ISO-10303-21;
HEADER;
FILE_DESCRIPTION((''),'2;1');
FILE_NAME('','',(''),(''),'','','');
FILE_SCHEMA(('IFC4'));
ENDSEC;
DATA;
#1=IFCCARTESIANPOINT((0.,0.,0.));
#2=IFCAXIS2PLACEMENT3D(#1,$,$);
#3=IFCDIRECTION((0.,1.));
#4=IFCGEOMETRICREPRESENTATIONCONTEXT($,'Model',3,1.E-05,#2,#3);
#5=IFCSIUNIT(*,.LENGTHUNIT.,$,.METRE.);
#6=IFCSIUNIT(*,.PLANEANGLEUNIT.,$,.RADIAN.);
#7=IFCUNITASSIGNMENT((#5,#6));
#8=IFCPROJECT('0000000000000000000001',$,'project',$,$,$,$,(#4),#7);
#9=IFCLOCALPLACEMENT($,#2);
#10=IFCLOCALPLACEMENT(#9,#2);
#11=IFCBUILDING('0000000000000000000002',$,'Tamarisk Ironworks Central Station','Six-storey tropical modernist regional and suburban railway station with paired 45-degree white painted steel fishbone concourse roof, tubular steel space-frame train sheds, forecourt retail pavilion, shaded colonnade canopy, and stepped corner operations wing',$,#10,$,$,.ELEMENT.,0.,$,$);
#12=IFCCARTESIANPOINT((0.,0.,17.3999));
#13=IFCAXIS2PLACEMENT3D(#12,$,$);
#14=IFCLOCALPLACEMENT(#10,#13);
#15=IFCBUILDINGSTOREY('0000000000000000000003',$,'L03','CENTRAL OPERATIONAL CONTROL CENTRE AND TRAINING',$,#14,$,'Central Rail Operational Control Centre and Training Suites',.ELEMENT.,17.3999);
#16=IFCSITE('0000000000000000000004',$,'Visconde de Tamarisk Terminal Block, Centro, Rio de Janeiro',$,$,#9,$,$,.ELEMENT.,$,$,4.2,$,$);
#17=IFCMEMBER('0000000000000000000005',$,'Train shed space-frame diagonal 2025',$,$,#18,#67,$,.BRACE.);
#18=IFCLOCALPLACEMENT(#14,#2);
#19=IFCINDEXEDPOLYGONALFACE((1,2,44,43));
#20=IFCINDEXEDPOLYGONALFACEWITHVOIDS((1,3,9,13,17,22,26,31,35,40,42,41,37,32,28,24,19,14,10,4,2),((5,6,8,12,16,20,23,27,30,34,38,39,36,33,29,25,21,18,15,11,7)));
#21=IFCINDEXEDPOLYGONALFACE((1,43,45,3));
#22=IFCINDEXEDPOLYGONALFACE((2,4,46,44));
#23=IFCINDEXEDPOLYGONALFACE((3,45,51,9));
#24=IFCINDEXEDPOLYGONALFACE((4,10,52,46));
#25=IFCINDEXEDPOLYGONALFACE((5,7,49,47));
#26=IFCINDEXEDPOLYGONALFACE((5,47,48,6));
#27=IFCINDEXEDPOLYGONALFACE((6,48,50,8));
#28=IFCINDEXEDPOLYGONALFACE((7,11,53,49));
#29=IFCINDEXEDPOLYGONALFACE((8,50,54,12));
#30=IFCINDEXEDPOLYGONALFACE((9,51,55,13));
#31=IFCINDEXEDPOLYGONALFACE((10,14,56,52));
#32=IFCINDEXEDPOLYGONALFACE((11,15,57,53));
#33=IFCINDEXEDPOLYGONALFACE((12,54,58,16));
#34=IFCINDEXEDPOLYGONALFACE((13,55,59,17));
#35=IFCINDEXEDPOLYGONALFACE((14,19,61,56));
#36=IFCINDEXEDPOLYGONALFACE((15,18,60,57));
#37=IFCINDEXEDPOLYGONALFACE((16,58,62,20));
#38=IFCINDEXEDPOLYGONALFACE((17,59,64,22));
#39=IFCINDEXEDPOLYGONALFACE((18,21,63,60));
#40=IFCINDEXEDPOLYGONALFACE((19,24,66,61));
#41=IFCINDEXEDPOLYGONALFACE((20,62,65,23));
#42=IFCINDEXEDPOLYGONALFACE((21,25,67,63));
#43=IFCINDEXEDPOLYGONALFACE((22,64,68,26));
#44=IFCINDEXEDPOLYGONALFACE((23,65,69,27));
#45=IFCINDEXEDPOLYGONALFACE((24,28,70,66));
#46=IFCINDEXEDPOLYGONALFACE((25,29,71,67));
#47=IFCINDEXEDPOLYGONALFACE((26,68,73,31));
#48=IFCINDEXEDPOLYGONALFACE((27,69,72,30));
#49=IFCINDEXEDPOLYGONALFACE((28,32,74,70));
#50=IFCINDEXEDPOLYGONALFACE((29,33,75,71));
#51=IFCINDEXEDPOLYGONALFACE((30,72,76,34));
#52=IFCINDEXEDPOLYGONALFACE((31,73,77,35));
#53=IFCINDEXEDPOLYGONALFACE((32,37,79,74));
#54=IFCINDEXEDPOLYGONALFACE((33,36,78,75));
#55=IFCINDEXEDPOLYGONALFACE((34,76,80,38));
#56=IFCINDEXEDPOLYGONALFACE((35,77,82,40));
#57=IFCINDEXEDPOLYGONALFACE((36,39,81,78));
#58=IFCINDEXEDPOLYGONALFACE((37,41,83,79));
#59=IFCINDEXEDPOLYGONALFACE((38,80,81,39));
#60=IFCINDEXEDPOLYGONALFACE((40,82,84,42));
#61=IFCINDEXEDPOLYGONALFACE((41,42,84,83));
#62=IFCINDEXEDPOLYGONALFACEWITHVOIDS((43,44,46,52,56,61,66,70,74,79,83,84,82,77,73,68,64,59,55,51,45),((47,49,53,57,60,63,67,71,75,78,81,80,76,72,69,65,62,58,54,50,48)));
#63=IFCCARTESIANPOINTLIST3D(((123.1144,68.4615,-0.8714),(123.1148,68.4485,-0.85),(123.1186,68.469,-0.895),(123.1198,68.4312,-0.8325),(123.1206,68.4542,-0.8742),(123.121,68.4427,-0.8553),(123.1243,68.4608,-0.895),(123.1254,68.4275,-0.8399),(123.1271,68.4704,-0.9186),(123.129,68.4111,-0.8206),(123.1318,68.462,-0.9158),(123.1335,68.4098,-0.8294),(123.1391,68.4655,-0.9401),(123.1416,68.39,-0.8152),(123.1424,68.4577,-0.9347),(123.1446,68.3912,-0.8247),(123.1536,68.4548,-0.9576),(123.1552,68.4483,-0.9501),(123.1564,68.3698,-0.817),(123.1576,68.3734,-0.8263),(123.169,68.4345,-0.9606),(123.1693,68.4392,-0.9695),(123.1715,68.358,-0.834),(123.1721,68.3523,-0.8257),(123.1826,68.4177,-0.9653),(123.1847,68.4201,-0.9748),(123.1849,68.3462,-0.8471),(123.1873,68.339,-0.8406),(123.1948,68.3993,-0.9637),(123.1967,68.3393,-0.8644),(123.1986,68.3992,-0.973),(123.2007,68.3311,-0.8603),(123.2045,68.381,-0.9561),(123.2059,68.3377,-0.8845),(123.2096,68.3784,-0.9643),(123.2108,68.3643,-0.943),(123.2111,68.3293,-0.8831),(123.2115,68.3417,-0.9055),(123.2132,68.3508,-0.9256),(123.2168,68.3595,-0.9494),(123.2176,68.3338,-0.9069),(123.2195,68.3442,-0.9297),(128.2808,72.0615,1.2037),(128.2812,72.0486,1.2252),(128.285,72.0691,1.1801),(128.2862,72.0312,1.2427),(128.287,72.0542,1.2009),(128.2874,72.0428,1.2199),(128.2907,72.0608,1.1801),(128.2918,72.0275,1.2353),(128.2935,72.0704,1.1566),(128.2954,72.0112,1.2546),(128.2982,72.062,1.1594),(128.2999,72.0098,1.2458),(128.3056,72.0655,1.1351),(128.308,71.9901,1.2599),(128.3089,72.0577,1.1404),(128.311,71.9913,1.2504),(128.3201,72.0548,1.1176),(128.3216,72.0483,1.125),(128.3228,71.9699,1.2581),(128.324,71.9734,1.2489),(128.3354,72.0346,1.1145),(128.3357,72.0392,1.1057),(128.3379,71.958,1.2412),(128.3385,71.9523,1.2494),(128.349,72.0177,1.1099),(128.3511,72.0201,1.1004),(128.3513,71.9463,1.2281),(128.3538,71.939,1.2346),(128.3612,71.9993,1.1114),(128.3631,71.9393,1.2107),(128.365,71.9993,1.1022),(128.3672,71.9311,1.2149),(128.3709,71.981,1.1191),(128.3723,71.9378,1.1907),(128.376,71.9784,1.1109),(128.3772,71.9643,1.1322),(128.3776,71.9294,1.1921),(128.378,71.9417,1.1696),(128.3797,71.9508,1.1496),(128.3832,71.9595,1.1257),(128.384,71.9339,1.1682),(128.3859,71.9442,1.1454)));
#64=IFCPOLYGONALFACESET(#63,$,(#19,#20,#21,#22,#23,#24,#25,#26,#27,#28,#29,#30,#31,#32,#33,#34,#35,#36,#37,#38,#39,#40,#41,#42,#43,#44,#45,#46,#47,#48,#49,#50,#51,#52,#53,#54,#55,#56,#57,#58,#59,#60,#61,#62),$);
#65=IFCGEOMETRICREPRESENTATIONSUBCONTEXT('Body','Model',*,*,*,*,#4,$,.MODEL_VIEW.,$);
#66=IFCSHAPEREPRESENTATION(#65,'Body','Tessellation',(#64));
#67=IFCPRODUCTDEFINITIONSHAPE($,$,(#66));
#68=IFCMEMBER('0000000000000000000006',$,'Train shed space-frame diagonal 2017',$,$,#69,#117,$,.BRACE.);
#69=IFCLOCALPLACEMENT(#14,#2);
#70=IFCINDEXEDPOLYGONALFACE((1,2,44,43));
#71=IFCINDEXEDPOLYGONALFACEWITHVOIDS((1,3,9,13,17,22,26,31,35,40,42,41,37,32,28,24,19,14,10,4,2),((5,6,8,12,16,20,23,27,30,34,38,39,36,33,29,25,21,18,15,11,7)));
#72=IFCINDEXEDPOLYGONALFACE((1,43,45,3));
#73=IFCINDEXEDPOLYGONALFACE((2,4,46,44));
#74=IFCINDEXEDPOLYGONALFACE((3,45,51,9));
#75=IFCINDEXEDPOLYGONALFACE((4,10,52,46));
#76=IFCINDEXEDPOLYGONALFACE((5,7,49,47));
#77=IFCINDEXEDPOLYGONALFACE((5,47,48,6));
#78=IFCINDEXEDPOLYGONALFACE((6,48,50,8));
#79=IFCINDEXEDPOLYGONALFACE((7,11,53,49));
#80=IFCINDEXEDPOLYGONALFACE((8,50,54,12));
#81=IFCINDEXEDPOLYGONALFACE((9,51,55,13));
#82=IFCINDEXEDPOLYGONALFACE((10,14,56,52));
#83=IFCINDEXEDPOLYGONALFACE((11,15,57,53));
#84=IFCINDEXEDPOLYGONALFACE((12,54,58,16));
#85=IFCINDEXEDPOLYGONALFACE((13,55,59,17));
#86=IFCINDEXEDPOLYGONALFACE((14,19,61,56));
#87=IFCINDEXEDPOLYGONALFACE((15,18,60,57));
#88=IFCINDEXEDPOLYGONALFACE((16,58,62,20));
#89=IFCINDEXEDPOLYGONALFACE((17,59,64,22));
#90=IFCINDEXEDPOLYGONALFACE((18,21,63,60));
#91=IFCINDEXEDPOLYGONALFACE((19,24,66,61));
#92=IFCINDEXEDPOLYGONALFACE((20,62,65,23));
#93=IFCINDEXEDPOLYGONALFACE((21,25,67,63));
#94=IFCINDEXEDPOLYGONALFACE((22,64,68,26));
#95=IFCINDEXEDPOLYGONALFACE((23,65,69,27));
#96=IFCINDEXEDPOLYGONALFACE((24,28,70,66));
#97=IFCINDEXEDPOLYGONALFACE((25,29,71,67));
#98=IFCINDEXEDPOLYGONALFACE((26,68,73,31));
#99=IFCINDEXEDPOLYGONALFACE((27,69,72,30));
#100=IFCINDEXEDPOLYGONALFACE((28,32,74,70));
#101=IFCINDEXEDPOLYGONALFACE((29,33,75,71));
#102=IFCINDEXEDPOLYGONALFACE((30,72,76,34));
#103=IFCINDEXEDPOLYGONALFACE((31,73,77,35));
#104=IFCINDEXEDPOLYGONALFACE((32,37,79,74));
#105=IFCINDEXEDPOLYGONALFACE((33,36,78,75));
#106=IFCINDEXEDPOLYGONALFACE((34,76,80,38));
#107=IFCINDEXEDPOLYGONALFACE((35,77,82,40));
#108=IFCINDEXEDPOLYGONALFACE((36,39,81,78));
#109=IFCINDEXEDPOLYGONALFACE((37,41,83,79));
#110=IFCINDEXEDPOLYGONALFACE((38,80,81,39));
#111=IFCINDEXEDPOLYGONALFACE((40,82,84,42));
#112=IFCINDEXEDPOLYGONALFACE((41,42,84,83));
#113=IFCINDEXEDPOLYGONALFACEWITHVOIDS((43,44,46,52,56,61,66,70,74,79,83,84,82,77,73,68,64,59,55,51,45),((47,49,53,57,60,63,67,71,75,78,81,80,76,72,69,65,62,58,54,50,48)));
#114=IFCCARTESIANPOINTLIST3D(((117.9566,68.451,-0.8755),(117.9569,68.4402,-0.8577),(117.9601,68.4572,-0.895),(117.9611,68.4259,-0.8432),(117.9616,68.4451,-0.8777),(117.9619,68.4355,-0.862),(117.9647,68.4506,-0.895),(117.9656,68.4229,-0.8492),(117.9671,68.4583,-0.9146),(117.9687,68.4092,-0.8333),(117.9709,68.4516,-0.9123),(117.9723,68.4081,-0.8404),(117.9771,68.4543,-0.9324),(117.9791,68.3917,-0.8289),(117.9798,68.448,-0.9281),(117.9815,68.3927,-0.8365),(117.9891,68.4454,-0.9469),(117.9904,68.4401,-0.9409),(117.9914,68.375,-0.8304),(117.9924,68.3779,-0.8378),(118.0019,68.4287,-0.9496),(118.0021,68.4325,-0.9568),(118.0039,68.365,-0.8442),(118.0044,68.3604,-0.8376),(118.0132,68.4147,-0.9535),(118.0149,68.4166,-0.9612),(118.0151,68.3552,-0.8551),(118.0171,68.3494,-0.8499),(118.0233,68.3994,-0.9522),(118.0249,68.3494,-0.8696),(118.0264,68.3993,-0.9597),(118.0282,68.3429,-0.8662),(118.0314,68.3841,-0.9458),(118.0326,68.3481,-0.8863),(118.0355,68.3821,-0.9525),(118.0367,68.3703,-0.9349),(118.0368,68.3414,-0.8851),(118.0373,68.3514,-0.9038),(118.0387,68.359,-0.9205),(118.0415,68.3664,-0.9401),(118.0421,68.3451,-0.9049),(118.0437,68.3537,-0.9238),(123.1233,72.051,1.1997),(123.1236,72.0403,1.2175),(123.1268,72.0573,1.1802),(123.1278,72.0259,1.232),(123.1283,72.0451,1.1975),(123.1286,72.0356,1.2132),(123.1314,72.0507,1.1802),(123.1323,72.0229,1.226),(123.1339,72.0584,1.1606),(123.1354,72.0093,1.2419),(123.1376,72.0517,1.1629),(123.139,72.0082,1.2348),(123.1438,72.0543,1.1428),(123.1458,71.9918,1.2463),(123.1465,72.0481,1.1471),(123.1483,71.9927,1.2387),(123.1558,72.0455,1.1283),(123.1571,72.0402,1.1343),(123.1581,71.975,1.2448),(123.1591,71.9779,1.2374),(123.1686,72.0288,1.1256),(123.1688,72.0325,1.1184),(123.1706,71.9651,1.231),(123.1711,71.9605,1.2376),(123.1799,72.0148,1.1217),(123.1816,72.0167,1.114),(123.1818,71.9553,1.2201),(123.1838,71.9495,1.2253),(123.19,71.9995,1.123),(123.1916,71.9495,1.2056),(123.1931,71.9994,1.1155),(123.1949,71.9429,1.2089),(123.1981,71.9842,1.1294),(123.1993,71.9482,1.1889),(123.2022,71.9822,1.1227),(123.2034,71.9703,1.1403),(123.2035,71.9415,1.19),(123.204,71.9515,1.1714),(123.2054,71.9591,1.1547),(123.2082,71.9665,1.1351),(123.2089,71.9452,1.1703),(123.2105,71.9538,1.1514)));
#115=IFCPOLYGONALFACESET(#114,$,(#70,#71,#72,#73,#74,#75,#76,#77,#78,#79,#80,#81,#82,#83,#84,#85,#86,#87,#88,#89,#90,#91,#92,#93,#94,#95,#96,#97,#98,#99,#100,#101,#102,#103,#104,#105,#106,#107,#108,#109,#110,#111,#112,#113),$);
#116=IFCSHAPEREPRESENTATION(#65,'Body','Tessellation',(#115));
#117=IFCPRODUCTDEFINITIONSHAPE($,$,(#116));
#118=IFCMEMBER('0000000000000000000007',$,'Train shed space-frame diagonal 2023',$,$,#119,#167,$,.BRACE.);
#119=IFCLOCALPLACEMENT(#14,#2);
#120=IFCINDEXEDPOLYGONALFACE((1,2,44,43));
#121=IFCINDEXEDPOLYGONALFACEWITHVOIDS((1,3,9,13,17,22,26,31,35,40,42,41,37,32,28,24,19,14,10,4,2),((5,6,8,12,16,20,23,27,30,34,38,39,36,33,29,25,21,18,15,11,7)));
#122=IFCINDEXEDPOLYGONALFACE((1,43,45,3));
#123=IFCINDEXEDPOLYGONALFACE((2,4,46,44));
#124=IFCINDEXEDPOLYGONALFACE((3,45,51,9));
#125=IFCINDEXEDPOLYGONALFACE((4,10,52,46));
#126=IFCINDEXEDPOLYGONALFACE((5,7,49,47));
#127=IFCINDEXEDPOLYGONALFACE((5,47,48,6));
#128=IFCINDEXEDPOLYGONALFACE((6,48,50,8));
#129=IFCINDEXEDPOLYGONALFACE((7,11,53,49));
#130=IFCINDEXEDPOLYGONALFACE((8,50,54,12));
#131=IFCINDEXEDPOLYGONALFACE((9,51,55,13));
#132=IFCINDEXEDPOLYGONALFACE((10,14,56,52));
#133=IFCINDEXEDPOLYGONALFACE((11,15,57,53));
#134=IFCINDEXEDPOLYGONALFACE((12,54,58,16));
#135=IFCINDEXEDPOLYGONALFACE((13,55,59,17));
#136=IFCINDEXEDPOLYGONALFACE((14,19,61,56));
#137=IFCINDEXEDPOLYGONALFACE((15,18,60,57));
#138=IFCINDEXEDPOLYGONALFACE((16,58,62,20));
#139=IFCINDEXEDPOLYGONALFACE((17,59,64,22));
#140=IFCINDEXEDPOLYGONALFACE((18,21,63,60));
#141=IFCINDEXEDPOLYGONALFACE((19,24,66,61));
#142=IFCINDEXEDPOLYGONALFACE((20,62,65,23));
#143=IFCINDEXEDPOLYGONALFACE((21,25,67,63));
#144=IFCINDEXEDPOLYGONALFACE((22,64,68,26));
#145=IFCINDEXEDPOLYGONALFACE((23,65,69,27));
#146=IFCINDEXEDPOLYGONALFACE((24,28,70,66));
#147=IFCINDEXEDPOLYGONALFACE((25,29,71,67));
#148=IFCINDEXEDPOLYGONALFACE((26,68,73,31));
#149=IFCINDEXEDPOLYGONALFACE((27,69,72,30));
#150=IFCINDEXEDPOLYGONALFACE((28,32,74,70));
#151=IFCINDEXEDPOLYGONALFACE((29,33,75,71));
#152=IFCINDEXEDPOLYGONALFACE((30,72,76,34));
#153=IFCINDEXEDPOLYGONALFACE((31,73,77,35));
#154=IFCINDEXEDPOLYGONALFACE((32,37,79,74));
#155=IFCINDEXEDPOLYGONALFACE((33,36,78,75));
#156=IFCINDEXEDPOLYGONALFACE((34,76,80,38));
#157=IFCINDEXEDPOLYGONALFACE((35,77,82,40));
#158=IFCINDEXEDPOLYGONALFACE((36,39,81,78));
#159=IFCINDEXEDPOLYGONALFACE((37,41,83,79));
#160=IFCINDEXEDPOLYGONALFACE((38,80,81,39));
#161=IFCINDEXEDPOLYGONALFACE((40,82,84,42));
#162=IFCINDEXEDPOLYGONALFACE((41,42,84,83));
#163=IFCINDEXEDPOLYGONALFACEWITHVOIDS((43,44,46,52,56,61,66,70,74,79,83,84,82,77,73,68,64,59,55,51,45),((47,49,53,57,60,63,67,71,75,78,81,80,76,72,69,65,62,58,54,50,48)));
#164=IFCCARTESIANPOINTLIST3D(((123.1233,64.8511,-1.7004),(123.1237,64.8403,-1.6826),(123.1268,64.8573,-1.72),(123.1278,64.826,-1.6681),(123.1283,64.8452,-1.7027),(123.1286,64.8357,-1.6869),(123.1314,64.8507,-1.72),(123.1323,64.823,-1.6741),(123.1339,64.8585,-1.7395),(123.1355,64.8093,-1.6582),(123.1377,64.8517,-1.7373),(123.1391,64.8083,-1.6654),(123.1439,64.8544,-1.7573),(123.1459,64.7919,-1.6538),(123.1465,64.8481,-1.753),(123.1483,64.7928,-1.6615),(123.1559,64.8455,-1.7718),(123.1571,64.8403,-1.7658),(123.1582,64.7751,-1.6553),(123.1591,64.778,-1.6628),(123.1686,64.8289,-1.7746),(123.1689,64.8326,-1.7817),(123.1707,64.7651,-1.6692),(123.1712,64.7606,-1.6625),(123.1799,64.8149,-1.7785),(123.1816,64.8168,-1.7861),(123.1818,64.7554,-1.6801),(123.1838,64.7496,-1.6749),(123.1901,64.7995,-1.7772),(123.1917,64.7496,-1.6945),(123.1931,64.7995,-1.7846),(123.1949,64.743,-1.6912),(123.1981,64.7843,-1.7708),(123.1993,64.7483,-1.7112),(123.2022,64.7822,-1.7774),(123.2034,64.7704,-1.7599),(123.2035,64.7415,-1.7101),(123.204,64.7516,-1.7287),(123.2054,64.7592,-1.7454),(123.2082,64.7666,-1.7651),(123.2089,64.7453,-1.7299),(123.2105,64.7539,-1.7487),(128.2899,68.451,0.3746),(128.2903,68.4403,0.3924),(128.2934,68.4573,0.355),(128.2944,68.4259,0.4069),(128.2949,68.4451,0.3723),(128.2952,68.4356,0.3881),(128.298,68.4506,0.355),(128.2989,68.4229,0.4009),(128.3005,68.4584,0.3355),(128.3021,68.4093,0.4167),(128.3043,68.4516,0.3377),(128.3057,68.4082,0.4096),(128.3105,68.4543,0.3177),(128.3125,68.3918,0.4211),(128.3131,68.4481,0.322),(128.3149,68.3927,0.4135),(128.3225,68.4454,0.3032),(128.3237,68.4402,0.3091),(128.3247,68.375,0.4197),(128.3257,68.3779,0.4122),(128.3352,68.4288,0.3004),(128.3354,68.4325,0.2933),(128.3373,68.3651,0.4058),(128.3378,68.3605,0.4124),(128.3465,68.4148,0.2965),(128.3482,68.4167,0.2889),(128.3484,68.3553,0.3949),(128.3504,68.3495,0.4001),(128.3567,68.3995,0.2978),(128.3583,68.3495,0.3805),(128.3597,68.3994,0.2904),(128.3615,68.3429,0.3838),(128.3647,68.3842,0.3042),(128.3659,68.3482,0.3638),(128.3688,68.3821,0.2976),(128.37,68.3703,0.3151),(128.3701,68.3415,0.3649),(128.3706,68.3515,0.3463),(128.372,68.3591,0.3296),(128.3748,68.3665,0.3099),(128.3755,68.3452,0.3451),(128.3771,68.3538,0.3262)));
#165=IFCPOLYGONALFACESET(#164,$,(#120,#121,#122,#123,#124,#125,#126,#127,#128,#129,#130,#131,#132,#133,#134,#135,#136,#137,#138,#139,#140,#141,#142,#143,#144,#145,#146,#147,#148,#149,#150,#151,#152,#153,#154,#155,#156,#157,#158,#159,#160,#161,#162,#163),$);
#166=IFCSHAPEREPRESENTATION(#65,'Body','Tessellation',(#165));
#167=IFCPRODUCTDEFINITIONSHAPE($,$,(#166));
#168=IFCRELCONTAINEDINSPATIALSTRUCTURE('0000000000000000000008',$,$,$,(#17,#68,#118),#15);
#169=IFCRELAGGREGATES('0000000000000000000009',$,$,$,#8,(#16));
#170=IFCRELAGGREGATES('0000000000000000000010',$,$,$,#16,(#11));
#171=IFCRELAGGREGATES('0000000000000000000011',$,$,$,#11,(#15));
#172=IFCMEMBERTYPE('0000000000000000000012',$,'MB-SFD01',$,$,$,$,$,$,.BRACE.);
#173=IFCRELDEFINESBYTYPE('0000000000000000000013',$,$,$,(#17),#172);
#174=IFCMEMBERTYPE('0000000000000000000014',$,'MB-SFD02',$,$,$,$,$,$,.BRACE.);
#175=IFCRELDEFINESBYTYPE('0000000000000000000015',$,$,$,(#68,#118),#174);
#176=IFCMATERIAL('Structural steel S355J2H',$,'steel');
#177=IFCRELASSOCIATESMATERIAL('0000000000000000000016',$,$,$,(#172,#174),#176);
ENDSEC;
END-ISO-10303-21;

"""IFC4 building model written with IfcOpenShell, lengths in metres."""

from ifc_helpers import new_model, si_unit, direction, frame, origin, origin_2d, place, context, subcontext, project, spatial, hollow_circle, extrude, material, material_profile, profile_set, type_object, element, save


model = new_model("IFC4")

# Units and contexts
model_context = context("Model", 3, precision=1e-05, world=origin(), true_north=direction((0.0, 1.0)))
body_context = subcontext(model_context, "Body", "Model", "MODEL_VIEW")
ifc_project = project(units=[si_unit("LENGTHUNIT", "METRE"), si_unit("PLANEANGLEUNIT", "RADIAN")], contexts=[model_context])

# Site, building, storey
site_placement = place(None, origin())
site = spatial("IfcSite", under=ifc_project, at=site_placement, Name="Visconde de Tamarisk Terminal Block, Centro, Rio de Janeiro", CompositionType="ELEMENT", RefElevation=4.2)
building_placement = place(site_placement, origin())
building = spatial("IfcBuilding", under=site, at=building_placement, Name="Tamarisk Ironworks Central Station", Description="Six-storey tropical modernist regional and suburban railway station with paired 45-degree white painted steel fishbone concourse roof, tubular steel space-frame train sheds, forecourt retail pavilion, shaded colonnade canopy, and stepped corner operations wing", CompositionType="ELEMENT", ElevationOfRefHeight=0.0)
storey_placement = place(building_placement, frame((0.0, 0.0, 17.3999)))
storey = spatial("IfcBuildingStorey", under=building, at=storey_placement, Name="L03", Description="CENTRAL OPERATIONAL CONTROL CENTRE AND TRAINING", LongName="Central Rail Operational Control Centre and Training Suites", CompositionType="ELEMENT", Elevation=17.3999)

# Members
ifc_material_1 = material(Name="Structural steel S355J2H", Category="steel")
ifc_material_profile_1 = material_profile(ifc_material_1, hollow_circle(Radius=0.0842, WallThickness=0.01, at=origin_2d()), Name="CHS 168.3x10")
ifc_profile_set_1 = profile_set([ifc_material_profile_1], Name="Structural steel S355J2H")
member_type_1 = type_object("IfcMemberType", Name="MB-SFD01", PredefinedType="BRACE", material=ifc_profile_set_1)
member_1_placement = place(storey_placement, frame((123.1667, 68.3999, -0.895), z_axis=(0.779235, 0.542983, 0.31299), x_axis=(-0.571707, 0.820458, 0.0)))
element("IfcMember", 1, at=member_1_placement, inside=storey, type_object=member_type_1, Name="Train shed space-frame diagonal 2025", PredefinedType="BRACE", context=body_context, shape_type="SweptSolid", body=[
    extrude(hollow_circle(Radius=0.0842, WallThickness=0.01, at=origin_2d()), origin(), (0.0, 0.0, 1.0), 6.6301),
])
ifc_material_profile_2 = material_profile(ifc_material_1, hollow_circle(Radius=0.0698, WallThickness=0.0081, at=origin_2d()), Name="CHS 139.7x8")
ifc_profile_set_2 = profile_set([ifc_material_profile_2], Name="Structural steel S355J2H")
member_type_2 = type_object("IfcMemberType", Name="MB-SFD02", PredefinedType="BRACE", material=ifc_profile_set_2)
member_2_placement = place(storey_placement, frame((118.0, 68.3999, -0.895), z_axis=(0.779249, 0.542967, 0.312981), x_axis=(-0.571689, 0.82047, 0.0)))
element("IfcMember", 2, at=member_2_placement, inside=storey, type_object=member_type_2, Name="Train shed space-frame diagonal 2017", PredefinedType="BRACE", context=body_context, shape_type="SweptSolid", body=[
    extrude(hollow_circle(Radius=0.0698, WallThickness=0.0081, at=origin_2d()), origin(), (0.0, 0.0, 1.0), 6.6304),
])
member_3_placement = place(storey_placement, frame((123.1667, 64.8, -1.72), z_axis=(0.779259, 0.542963, 0.312963), x_axis=(-0.571681, 0.820476, 0.0)))
element("IfcMember", 3, at=member_3_placement, inside=storey, type_object=member_type_2, Name="Train shed space-frame diagonal 2023", PredefinedType="BRACE", context=body_context, shape_type="SweptSolid", body=[
    extrude(hollow_circle(Radius=0.0698, WallThickness=0.0081, at=origin_2d()), origin(), (0.0, 0.0, 1.0), 6.6301),
])

save(model, "model.ifc")
